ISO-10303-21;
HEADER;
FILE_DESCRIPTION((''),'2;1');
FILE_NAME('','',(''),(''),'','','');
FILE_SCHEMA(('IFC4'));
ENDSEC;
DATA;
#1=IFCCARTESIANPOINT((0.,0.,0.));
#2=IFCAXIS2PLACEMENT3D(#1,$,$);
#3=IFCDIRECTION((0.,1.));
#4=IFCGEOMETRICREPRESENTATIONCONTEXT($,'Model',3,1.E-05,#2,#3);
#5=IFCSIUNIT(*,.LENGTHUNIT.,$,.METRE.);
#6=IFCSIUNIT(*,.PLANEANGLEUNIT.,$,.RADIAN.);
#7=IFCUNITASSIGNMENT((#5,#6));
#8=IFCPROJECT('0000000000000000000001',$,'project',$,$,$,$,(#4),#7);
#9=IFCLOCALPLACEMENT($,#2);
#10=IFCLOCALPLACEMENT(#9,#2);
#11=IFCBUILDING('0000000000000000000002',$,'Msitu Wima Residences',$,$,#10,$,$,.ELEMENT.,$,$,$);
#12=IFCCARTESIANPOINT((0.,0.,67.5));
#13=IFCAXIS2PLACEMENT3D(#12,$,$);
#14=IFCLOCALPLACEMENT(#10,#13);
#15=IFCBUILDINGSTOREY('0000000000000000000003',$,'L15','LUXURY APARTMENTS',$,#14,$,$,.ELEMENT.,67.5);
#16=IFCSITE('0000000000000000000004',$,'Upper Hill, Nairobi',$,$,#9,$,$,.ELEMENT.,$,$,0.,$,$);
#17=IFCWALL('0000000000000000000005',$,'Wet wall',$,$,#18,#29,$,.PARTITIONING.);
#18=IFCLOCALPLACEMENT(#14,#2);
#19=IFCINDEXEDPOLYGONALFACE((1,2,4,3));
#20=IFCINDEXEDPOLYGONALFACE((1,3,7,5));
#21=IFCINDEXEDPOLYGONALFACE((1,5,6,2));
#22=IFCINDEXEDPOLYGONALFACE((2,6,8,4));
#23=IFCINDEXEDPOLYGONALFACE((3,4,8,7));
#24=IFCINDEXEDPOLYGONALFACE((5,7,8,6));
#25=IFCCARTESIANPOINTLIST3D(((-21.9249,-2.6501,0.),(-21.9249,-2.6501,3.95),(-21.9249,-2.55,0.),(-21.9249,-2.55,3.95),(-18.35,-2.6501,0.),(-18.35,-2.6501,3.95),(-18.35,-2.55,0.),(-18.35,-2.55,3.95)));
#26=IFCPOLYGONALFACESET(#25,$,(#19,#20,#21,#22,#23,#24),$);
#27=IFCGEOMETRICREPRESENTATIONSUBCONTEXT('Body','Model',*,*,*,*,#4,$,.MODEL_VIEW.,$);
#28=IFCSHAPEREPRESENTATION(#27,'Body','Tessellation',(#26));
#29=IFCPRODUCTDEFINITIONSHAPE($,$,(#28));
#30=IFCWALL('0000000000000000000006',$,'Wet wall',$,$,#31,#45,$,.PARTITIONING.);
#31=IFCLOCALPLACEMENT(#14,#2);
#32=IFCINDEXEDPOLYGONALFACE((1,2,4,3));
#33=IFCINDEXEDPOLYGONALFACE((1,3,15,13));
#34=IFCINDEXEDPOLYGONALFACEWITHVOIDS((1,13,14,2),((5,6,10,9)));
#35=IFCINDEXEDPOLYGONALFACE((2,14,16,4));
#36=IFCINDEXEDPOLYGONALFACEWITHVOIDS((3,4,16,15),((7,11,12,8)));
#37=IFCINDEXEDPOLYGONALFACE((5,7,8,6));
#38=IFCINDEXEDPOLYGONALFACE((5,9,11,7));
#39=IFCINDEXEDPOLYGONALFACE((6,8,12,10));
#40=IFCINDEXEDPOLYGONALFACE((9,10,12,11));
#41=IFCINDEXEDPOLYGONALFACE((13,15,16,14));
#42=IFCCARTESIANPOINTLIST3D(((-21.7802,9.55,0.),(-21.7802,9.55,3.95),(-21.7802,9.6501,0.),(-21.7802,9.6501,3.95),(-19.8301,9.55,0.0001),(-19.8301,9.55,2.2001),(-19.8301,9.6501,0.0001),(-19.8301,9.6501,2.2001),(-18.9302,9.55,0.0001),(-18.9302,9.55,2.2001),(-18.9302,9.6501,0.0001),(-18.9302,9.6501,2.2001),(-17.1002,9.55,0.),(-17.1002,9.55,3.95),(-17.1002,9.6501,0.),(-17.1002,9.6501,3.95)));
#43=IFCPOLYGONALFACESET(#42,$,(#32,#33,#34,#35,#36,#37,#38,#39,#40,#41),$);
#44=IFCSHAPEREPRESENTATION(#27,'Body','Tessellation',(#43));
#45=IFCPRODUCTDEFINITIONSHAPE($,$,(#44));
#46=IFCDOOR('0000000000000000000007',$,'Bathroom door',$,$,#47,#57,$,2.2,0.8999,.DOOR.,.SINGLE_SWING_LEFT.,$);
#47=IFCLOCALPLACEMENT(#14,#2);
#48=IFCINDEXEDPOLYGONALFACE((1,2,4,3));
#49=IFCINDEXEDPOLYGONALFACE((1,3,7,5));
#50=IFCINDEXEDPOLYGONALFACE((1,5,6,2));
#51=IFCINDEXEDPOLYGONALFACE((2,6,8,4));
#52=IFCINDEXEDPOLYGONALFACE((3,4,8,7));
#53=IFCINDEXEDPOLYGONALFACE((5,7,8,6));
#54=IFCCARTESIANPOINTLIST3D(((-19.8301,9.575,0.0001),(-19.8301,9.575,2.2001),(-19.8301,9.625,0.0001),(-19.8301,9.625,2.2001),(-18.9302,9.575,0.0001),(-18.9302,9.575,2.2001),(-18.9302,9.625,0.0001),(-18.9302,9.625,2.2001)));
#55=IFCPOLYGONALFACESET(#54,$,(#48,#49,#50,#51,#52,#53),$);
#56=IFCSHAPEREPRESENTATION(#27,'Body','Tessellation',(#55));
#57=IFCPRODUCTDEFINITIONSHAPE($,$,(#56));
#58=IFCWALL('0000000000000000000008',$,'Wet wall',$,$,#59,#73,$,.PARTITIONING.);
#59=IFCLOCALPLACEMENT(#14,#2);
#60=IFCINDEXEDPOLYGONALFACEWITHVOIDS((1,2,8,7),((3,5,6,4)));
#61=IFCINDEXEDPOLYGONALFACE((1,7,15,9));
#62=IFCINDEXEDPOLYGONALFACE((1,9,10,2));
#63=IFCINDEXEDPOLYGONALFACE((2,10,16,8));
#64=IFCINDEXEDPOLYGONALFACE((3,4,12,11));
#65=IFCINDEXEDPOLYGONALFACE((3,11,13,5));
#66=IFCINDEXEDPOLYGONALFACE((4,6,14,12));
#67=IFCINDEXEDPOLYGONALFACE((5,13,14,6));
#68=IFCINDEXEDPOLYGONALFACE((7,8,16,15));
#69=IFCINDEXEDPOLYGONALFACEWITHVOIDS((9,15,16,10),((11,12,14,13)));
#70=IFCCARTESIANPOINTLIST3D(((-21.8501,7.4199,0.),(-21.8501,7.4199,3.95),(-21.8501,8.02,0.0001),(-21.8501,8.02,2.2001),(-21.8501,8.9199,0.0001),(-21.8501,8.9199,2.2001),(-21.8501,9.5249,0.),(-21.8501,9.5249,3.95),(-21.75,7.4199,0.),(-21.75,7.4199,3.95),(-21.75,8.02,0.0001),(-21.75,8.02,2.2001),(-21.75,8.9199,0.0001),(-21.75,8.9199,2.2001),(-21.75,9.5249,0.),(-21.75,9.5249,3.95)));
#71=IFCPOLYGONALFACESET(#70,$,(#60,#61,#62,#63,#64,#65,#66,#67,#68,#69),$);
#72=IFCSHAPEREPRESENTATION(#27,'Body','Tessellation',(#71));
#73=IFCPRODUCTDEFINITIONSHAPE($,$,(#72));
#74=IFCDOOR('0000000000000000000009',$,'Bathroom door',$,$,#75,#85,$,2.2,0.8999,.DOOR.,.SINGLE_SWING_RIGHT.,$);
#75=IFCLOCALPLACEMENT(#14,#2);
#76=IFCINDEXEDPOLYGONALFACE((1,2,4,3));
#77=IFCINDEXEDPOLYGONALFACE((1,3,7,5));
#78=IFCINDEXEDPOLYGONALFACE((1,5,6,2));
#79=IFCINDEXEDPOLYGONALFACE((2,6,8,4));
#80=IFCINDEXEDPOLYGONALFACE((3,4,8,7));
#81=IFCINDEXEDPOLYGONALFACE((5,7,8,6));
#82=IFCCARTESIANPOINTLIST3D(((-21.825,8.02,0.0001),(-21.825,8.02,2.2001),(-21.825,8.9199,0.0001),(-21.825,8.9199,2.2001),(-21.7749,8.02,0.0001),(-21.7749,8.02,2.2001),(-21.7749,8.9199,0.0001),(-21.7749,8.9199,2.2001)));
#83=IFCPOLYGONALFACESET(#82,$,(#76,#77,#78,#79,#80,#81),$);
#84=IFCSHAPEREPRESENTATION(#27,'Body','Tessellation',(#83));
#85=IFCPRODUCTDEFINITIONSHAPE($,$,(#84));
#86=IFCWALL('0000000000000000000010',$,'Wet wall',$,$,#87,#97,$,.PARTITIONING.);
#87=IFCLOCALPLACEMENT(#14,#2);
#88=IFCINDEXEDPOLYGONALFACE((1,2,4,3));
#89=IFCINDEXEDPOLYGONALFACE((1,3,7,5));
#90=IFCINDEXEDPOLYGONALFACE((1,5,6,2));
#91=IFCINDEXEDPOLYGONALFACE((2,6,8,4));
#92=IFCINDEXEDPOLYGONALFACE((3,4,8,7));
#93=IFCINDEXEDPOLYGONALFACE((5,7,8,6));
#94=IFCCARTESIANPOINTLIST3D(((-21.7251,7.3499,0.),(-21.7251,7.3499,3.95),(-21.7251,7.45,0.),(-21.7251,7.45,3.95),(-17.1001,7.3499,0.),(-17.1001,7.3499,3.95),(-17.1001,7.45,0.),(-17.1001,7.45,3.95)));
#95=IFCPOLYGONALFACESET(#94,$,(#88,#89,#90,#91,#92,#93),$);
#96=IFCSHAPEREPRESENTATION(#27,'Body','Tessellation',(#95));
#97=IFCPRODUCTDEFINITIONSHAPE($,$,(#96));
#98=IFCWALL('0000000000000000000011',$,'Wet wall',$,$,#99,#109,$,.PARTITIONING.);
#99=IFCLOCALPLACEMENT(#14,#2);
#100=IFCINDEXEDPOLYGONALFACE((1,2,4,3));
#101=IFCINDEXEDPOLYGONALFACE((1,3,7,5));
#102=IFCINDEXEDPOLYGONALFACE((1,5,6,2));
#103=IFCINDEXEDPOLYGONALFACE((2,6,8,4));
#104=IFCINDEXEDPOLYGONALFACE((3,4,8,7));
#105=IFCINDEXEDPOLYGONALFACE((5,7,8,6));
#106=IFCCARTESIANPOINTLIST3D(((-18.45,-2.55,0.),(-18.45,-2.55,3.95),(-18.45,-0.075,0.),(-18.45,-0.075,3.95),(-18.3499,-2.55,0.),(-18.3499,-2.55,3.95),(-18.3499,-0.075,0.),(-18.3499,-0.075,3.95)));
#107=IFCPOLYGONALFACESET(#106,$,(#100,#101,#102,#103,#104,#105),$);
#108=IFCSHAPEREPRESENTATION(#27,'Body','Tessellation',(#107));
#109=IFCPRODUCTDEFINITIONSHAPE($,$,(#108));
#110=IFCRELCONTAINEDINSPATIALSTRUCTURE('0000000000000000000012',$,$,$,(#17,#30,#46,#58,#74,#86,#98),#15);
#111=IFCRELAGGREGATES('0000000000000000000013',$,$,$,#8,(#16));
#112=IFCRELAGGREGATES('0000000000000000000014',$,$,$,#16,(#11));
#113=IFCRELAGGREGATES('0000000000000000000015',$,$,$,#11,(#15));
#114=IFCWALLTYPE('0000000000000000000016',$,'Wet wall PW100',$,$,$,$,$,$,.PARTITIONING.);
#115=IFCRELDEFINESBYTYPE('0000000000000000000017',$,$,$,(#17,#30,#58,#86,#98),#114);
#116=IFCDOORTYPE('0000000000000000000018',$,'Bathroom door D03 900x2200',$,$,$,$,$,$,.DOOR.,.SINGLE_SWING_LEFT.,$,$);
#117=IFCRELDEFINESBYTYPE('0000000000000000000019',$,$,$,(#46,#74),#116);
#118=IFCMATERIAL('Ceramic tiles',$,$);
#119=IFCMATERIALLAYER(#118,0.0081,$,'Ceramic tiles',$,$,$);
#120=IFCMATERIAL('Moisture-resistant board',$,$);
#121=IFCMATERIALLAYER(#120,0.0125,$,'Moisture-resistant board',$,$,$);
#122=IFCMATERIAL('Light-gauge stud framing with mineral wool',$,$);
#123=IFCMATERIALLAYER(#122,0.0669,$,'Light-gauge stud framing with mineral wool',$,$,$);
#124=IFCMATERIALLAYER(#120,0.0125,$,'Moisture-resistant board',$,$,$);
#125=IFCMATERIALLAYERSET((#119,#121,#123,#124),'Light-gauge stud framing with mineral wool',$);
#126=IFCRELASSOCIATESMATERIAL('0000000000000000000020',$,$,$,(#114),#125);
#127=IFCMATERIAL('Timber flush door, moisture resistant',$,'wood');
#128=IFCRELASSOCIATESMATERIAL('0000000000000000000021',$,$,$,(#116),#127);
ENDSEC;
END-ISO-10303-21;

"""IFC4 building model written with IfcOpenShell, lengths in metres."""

from ifc_helpers import new_model, si_unit, direction, frame, frame_2d, origin, place, context, subcontext, project, spatial, rectangle, extrude, material, layer, layer_set, type_object, element, fill, save


model = new_model("IFC4")

# Units and contexts
model_context = context("Model", 3, precision=1e-05, world=origin(), true_north=direction((0.0, 1.0)))
body_context = subcontext(model_context, "Body", "Model", "MODEL_VIEW")
ifc_project = project(units=[si_unit("LENGTHUNIT", "METRE"), si_unit("PLANEANGLEUNIT", "RADIAN")], contexts=[model_context])

# Site, building, storey
site_placement = place(None, origin())
site = spatial("IfcSite", under=ifc_project, at=site_placement, Name="Upper Hill, Nairobi", CompositionType="ELEMENT", RefElevation=0.0)
building_placement = place(site_placement, origin())
building = spatial("IfcBuilding", under=site, at=building_placement, Name="Msitu Wima Residences", CompositionType="ELEMENT")
storey_placement = place(building_placement, frame((0.0, 0.0, 67.5)))
storey = spatial("IfcBuildingStorey", under=building, at=storey_placement, Name="L15", Description="LUXURY APARTMENTS", CompositionType="ELEMENT", Elevation=67.5)

# Shared definitions
ifc_material_1 = material(Name="Light-gauge stud framing with mineral wool")
ifc_material_2 = material(Name="Ceramic tiles")
ifc_layer_1 = layer(ifc_material_2, 0.0081, Name="Ceramic tiles")
ifc_material_3 = material(Name="Moisture-resistant board")
ifc_layer_2 = layer(ifc_material_3, 0.0125, Name="Moisture-resistant board")
ifc_layer_3 = layer(ifc_material_1, 0.0669, Name="Light-gauge stud framing with mineral wool")
ifc_layer_4 = layer(ifc_material_3, 0.0125, Name="Moisture-resistant board")
ifc_layer_set_1 = layer_set([ifc_layer_1, ifc_layer_2, ifc_layer_3, ifc_layer_4], Name="Light-gauge stud framing with mineral wool")
wall_type_1 = type_object("IfcWallType", Name="Wet wall PW100", PredefinedType="PARTITIONING", material=ifc_layer_set_1)

# Shared definitions
ifc_material_4 = material(Name="Timber flush door, moisture resistant", Category="wood")
door_type_1 = type_object("IfcDoorType", Name="Bathroom door D03 900x2200", OperationType="SINGLE_SWING_LEFT", PredefinedType="DOOR", material=ifc_material_4)

# Wall
wall_1_placement = place(storey_placement, frame((-21.925, -2.6001, 0.0), z_axis=(0.0, 0.0, 1.0), x_axis=(1.0, 0.0, 0.0)))
element("IfcWall", 1, at=wall_1_placement, inside=storey, type_object=wall_type_1, Name="Wet wall", PredefinedType="PARTITIONING", context=body_context, shape_type="SweptSolid", body=[
    extrude(rectangle(XDim=3.575, YDim=0.1001, at=frame_2d((1.7876, 0.0))), origin(), (0.0, 0.0, 1.0), 3.95),
])

# Walls, openings, doors
wall_2_placement = place(storey_placement, frame((-21.78, 9.6001, 0.0), z_axis=(0.0, 0.0, 1.0), x_axis=(1.0, 0.0, 0.0)))
wall_2 = element("IfcWall", 2, at=wall_2_placement, inside=storey, type_object=wall_type_1, Name="Wet wall", PredefinedType="PARTITIONING", context=body_context, shape_type="SweptSolid", body=[
    extrude(rectangle(XDim=4.6799, YDim=0.1001, at=frame_2d((2.3398, 0.0))), origin(), (0.0, 0.0, 1.0), 3.95),
])
opening_1_placement = place(wall_2_placement, frame((1.95, 0.0, 0.0)))
opening_1 = element("IfcOpeningElement", 3, at=opening_1_placement, cuts=wall_2, PredefinedType="OPENING", context=body_context, shape_type="SweptSolid", body=[
    extrude(rectangle(XDim=0.8999, YDim=2.2, at=frame_2d((0.45, 1.1001))), frame((0.0, 0.0601, 0.0), z_axis=(0.0, -1.0, 0.0), x_axis=(1.0, 0.0, 0.0)), (0.0, 0.0, 1.0), 0.1201),
])
door_1_placement = place(opening_1_placement, origin())
door_1 = element("IfcDoor", 4, at=door_1_placement, inside=storey, type_object=door_type_1, Name="Bathroom door", OperationType="SINGLE_SWING_LEFT", OverallHeight=2.2, OverallWidth=0.8999, PredefinedType="DOOR", context=body_context, shape_type="SweptSolid", body=[
    extrude(rectangle(XDim=0.8999, YDim=2.2, at=frame_2d((0.45, 1.1001))), frame((0.0, 0.0249, 0.0), z_axis=(0.0, -1.0, 0.0), x_axis=(1.0, 0.0, 0.0)), (0.0, 0.0, 1.0), 0.05),
])
fill(opening_1, door_1)
wall_3_placement = place(storey_placement, frame((-21.8, 7.4199, 0.0), z_axis=(0.0, 0.0, 1.0), x_axis=(0.0, 1.0, 0.0)))
wall_3 = element("IfcWall", 5, at=wall_3_placement, inside=storey, type_object=wall_type_1, Name="Wet wall", PredefinedType="PARTITIONING", context=body_context, shape_type="SweptSolid", body=[
    extrude(rectangle(XDim=2.105, YDim=0.1001, at=frame_2d((1.0525, 0.0))), origin(), (0.0, 0.0, 1.0), 3.95),
])
opening_2_placement = place(wall_3_placement, frame((0.6001, 0.0, 0.0)))
opening_2 = element("IfcOpeningElement", 6, at=opening_2_placement, cuts=wall_3, PredefinedType="OPENING", context=body_context, shape_type="SweptSolid", body=[
    extrude(rectangle(XDim=0.8999, YDim=2.2, at=frame_2d((0.45, 1.1001))), frame((0.0, 0.0601, 0.0), z_axis=(0.0, -1.0, 0.0), x_axis=(1.0, 0.0, 0.0)), (0.0, 0.0, 1.0), 0.1201),
])
door_2_placement = place(opening_2_placement, origin())
door_2 = element("IfcDoor", 7, at=door_2_placement, inside=storey, type_object=door_type_1, Name="Bathroom door", OperationType="SINGLE_SWING_RIGHT", OverallHeight=2.2, OverallWidth=0.8999, PredefinedType="DOOR", context=body_context, shape_type="SweptSolid", body=[
    extrude(rectangle(XDim=0.8999, YDim=2.2, at=frame_2d((0.45, 1.1001))), frame((0.0, 0.0249, 0.0), z_axis=(0.0, -1.0, 0.0), x_axis=(1.0, 0.0, 0.0)), (0.0, 0.0, 1.0), 0.05),
])
fill(opening_2, door_2)

# Walls
wall_4_placement = place(storey_placement, frame((-21.7251, 7.3999, 0.0), z_axis=(0.0, 0.0, 1.0), x_axis=(1.0, 0.0, 0.0)))
element("IfcWall", 8, at=wall_4_placement, inside=storey, type_object=wall_type_1, Name="Wet wall", PredefinedType="PARTITIONING", context=body_context, shape_type="SweptSolid", body=[
    extrude(rectangle(XDim=4.625, YDim=0.1001, at=frame_2d((2.3125, 0.0))), origin(), (0.0, 0.0, 1.0), 3.95),
])
wall_5_placement = place(storey_placement, frame((-18.3999, -2.55, 0.0), z_axis=(0.0, 0.0, 1.0), x_axis=(0.0, 1.0, 0.0)))
element("IfcWall", 9, at=wall_5_placement, inside=storey, type_object=wall_type_1, Name="Wet wall", PredefinedType="PARTITIONING", context=body_context, shape_type="SweptSolid", body=[
    extrude(rectangle(XDim=2.4751, YDim=0.1001, at=frame_2d((1.2375, 0.0))), origin(), (0.0, 0.0, 1.0), 3.95),
])

save(model, "model.ifc")
